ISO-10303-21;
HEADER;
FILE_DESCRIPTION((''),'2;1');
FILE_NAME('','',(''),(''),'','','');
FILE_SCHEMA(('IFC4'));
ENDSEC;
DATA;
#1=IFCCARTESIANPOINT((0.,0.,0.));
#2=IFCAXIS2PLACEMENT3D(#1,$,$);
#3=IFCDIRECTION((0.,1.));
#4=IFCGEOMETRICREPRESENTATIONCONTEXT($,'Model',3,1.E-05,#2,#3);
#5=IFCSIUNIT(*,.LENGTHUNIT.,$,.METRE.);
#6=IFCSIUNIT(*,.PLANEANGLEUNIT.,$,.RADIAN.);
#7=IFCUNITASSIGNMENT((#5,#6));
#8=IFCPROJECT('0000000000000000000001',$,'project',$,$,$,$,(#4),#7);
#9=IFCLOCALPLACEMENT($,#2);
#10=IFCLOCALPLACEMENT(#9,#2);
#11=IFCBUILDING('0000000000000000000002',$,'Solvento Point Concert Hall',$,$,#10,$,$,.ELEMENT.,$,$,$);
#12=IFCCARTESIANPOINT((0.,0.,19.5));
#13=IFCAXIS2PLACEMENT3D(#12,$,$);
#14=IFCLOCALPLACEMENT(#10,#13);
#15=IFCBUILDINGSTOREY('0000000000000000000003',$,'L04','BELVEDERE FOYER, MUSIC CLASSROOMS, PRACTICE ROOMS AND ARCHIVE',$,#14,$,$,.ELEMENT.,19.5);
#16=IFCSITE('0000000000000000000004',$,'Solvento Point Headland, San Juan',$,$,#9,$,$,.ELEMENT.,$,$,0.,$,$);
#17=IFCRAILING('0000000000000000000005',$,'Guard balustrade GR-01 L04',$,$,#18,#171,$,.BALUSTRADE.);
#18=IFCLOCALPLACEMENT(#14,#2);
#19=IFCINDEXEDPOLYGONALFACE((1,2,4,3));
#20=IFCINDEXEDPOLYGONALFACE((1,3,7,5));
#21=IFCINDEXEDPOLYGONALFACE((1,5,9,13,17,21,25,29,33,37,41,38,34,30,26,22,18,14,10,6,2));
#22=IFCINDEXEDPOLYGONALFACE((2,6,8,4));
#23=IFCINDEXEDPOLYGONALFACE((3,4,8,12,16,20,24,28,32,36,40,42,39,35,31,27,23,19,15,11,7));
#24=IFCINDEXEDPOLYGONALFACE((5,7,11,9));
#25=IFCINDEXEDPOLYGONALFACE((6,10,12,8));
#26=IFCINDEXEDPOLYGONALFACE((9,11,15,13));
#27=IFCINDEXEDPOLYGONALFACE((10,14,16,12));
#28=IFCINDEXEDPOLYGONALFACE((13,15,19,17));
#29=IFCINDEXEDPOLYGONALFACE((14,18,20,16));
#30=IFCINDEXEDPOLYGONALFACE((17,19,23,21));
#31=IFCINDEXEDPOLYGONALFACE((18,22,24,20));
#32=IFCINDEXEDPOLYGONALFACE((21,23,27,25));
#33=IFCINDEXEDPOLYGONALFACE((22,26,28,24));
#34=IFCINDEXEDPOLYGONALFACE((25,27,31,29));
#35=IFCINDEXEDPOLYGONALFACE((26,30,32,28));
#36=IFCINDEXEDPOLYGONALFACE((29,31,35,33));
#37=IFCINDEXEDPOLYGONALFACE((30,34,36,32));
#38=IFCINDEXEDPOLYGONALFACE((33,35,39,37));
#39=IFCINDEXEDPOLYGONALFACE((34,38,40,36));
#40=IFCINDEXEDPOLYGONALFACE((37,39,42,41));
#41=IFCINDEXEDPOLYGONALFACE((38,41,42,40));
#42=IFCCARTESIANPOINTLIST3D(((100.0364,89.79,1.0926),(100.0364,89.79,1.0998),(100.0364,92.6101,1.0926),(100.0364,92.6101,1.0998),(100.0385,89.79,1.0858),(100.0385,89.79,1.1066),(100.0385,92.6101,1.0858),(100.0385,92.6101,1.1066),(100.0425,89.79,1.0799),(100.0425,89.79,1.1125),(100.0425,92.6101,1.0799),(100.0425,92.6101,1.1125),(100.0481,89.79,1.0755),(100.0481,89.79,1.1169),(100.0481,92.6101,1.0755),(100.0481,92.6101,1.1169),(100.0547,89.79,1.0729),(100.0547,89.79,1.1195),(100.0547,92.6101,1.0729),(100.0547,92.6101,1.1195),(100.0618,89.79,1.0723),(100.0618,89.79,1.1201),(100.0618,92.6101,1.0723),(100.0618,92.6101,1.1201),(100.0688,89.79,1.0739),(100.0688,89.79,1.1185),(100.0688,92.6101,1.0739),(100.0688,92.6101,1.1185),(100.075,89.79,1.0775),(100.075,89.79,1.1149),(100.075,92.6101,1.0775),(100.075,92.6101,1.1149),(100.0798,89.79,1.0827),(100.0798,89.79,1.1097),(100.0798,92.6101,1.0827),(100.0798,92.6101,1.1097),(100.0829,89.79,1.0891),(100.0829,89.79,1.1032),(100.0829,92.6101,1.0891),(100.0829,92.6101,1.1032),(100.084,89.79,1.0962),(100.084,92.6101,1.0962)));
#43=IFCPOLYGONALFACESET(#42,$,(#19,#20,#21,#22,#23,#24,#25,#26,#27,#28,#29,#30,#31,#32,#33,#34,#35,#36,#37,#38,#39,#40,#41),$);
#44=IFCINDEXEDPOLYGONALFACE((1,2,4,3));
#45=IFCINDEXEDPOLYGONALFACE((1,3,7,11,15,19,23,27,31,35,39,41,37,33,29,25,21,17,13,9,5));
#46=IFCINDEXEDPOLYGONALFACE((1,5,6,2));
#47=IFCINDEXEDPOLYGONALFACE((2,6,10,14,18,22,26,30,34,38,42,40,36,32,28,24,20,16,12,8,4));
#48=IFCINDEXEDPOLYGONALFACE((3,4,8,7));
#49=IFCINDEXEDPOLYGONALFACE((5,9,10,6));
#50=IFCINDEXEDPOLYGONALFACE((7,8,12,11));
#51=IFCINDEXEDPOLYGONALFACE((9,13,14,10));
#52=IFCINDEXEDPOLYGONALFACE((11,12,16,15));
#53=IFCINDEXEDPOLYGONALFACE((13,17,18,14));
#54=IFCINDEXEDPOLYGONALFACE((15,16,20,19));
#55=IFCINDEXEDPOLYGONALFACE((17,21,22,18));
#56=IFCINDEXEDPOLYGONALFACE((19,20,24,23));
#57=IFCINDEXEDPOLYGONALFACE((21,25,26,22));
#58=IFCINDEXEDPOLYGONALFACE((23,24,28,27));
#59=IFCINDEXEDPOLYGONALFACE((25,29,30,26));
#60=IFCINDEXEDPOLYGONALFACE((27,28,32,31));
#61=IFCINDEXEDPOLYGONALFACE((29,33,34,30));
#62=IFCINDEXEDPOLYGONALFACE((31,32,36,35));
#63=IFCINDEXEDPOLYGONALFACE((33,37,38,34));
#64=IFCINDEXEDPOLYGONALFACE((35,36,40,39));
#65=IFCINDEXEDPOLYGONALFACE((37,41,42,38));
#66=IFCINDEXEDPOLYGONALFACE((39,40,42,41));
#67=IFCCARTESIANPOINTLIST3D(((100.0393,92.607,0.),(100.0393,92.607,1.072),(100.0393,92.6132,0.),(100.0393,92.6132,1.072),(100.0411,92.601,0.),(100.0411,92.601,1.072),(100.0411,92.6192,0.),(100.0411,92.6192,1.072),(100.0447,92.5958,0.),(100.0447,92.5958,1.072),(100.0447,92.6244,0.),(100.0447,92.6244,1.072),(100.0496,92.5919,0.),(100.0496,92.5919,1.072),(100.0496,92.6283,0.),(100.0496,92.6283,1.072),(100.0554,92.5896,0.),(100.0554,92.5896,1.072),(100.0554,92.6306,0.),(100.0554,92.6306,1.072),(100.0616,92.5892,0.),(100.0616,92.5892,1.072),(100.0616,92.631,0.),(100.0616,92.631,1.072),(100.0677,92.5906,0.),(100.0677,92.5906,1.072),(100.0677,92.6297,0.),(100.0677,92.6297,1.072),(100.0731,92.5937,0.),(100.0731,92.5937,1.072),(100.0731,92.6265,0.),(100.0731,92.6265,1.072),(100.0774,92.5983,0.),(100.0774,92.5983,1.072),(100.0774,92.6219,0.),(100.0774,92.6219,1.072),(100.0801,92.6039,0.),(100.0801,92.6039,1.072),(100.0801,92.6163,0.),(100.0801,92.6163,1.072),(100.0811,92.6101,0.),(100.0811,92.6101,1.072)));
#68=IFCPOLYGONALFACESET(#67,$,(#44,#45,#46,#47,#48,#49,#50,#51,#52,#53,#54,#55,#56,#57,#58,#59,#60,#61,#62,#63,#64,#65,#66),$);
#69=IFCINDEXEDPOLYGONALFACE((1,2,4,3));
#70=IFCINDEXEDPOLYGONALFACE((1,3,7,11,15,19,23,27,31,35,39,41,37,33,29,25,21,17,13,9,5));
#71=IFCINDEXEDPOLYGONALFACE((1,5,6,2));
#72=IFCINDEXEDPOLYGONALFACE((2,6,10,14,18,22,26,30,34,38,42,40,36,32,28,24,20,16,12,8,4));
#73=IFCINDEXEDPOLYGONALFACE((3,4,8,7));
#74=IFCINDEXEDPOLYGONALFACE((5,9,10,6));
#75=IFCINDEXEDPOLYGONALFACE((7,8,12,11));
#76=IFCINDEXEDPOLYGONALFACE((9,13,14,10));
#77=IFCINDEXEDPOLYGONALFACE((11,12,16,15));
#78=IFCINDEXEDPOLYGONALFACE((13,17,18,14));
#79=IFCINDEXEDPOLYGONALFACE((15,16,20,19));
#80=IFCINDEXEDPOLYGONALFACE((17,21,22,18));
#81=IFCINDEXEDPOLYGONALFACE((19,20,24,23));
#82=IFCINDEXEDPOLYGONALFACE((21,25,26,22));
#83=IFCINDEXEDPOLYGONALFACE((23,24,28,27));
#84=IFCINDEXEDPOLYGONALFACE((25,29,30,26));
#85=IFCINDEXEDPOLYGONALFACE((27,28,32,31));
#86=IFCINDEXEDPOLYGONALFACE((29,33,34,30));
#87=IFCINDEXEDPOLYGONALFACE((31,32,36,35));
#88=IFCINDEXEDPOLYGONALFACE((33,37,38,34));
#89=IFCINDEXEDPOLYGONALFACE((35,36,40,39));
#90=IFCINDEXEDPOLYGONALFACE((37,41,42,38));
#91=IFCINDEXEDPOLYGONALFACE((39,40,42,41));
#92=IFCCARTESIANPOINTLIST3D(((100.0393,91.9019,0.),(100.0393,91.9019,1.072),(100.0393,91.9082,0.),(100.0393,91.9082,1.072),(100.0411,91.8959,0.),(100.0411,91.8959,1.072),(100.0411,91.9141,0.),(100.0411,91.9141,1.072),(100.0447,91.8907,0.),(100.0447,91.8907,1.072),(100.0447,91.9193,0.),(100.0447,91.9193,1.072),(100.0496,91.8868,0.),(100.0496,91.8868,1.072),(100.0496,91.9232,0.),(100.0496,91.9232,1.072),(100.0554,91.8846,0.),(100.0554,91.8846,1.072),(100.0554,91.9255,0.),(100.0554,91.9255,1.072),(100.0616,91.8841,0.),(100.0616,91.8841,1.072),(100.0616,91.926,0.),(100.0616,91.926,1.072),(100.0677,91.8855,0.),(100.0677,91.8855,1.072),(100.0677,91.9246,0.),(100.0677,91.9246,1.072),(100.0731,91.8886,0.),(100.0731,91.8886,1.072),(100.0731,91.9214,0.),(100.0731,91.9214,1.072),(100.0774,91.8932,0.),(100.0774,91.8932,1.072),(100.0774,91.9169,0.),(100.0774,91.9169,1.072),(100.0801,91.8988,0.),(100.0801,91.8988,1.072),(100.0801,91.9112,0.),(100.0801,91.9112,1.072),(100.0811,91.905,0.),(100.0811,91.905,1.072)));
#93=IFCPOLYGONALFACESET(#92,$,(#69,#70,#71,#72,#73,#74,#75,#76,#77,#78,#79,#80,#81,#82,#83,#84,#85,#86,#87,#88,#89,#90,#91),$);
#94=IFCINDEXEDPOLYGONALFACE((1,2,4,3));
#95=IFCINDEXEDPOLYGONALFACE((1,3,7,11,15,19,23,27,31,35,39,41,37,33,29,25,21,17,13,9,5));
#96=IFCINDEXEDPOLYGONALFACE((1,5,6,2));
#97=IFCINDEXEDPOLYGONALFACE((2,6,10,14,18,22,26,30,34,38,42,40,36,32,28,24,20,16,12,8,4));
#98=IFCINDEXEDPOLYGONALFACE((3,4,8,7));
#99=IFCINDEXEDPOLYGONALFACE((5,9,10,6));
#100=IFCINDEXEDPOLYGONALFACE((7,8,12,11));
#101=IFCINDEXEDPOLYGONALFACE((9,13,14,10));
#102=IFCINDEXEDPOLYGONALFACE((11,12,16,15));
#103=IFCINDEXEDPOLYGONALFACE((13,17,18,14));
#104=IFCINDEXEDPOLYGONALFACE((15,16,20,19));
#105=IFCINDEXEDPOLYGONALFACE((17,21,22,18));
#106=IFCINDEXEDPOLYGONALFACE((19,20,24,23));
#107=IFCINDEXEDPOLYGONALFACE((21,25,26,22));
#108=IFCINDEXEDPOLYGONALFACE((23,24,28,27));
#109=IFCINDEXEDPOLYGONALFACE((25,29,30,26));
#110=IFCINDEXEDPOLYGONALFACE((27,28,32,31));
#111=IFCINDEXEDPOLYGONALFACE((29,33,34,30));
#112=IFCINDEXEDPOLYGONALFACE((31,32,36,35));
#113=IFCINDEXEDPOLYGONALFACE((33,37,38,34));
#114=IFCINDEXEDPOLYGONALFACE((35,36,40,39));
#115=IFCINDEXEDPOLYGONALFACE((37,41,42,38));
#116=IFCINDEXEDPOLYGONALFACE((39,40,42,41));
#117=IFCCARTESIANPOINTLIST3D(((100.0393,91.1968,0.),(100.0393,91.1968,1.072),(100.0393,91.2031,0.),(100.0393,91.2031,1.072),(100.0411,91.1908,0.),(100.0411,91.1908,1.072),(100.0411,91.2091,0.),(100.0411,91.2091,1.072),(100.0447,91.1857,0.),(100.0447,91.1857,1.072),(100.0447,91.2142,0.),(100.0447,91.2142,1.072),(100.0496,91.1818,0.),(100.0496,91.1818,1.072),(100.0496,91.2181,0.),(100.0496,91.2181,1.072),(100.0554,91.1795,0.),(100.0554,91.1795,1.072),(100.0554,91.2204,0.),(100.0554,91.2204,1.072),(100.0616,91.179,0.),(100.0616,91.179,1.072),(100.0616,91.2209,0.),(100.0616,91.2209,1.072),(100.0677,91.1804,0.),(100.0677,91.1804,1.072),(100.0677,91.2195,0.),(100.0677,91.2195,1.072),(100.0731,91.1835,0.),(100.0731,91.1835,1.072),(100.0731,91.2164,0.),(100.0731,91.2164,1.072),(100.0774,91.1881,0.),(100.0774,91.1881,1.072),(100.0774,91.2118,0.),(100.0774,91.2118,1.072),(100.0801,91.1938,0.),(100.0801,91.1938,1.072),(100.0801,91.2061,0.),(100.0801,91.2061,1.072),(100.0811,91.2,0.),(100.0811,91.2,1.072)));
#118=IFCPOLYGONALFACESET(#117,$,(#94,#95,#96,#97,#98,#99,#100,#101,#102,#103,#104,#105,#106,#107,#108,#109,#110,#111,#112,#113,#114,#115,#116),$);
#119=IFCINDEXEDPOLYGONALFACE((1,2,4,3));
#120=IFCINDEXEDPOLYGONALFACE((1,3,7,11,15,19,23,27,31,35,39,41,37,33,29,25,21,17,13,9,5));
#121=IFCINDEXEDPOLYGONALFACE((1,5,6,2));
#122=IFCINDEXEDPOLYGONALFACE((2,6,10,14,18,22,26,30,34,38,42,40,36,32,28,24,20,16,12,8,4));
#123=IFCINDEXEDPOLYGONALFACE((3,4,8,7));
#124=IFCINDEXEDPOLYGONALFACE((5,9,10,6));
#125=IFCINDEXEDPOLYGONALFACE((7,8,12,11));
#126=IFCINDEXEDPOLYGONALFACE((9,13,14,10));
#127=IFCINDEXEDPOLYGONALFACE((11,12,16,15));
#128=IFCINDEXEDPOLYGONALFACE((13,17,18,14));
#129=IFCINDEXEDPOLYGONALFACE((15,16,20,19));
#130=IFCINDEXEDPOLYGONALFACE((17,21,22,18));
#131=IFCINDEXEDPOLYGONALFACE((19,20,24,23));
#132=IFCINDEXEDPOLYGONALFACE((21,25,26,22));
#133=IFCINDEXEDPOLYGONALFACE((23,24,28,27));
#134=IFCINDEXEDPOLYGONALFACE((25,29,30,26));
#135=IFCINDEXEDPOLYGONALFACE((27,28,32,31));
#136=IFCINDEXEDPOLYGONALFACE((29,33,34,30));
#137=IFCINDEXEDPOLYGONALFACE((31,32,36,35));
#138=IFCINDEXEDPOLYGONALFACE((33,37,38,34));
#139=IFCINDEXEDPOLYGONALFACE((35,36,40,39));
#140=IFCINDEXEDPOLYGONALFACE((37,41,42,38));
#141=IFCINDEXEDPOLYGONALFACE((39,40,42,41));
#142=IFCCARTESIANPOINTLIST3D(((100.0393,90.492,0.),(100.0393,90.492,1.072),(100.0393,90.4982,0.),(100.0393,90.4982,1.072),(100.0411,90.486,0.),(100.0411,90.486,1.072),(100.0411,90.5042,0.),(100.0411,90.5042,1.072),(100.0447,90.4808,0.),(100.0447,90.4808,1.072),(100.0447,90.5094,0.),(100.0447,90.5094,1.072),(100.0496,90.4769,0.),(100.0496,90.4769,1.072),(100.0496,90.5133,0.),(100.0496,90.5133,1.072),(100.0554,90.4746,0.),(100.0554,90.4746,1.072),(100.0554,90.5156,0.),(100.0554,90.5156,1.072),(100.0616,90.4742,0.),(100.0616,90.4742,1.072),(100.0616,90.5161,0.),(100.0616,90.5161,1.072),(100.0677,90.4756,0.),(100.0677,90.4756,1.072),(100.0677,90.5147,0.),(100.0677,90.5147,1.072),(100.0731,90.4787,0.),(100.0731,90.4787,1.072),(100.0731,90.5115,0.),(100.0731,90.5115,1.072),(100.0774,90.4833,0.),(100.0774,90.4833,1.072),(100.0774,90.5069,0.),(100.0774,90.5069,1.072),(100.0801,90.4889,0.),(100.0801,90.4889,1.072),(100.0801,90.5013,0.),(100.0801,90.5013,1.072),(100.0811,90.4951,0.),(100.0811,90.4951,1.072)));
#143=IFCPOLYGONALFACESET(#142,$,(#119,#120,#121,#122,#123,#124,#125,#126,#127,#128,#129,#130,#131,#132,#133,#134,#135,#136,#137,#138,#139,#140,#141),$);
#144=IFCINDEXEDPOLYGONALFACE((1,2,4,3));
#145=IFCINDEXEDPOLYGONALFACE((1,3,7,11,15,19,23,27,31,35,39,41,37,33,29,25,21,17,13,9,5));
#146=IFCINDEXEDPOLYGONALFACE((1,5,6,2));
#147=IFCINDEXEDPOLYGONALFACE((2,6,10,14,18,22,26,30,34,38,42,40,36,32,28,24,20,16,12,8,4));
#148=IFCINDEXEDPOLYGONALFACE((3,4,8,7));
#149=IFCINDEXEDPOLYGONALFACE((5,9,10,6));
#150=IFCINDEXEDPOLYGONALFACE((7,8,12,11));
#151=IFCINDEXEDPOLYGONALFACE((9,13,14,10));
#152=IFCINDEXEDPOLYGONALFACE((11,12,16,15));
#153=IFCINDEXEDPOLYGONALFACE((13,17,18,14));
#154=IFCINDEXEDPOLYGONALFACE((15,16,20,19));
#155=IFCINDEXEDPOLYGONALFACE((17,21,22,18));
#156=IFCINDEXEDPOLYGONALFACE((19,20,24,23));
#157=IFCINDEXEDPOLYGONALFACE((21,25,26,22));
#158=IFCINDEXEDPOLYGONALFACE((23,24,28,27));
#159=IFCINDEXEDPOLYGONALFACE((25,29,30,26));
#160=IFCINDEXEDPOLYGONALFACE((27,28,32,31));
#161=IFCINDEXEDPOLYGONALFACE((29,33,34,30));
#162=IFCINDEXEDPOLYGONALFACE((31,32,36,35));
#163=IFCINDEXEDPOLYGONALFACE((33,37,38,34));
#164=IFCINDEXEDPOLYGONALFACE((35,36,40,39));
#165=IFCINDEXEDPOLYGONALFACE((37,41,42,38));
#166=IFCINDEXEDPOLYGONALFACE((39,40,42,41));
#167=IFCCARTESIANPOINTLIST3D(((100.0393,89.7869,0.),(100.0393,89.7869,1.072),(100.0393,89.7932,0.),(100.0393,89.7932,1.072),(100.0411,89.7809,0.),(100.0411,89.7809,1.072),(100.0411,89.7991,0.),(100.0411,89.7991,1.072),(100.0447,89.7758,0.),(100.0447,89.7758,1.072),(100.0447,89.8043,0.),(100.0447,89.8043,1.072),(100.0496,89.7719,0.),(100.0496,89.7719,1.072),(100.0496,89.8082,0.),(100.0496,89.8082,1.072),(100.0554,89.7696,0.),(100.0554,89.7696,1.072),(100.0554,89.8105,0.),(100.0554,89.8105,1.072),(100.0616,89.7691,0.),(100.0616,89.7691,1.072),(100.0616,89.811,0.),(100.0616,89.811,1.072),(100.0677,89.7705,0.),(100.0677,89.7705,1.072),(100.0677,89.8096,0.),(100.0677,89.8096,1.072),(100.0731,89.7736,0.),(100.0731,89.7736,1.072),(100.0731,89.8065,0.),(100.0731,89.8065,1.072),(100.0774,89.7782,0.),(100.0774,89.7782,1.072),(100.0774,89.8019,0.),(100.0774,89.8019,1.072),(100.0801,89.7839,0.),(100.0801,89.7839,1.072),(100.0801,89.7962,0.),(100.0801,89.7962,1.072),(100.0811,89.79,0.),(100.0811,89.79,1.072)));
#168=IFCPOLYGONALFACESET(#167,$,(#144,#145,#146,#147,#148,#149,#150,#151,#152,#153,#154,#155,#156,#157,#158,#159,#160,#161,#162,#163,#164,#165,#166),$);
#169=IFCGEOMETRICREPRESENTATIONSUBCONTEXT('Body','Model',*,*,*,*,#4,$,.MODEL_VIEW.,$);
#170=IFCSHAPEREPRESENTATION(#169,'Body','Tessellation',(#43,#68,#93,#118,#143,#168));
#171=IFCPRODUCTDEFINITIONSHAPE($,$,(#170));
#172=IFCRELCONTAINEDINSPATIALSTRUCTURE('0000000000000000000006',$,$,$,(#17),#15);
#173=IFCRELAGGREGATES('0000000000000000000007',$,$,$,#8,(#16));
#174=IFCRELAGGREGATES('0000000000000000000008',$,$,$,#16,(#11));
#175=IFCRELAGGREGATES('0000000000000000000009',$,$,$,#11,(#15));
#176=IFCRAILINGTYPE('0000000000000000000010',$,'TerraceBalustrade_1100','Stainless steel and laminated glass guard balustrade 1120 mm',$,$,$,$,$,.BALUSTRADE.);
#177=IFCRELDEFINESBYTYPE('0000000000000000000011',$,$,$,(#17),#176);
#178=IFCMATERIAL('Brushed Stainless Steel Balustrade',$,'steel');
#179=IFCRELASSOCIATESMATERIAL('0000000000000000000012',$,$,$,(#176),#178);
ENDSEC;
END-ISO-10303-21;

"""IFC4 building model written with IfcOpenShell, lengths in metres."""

from ifc_helpers import new_model, si_unit, direction, frame, origin, origin_2d, place, context, subcontext, project, spatial, circle, extrude, material, type_object, element, save


model = new_model("IFC4")

# Units and contexts
model_context = context("Model", 3, precision=1e-05, world=origin(), true_north=direction((0.0, 1.0)))
body_context = subcontext(model_context, "Body", "Model", "MODEL_VIEW")
ifc_project = project(units=[si_unit("LENGTHUNIT", "METRE"), si_unit("PLANEANGLEUNIT", "RADIAN")], contexts=[model_context])

# Site, building, storey
site_placement = place(None, origin())
site = spatial("IfcSite", under=ifc_project, at=site_placement, Name="Solvento Point Headland, San Juan", CompositionType="ELEMENT", RefElevation=0.0)
building_placement = place(site_placement, origin())
building = spatial("IfcBuilding", under=site, at=building_placement, Name="Solvento Point Concert Hall", CompositionType="ELEMENT")
storey_placement = place(building_placement, frame((0.0, 0.0, 19.5)))
storey = spatial("IfcBuildingStorey", under=building, at=storey_placement, Name="L04", Description="BELVEDERE FOYER, MUSIC CLASSROOMS, PRACTICE ROOMS AND ARCHIVE", CompositionType="ELEMENT", Elevation=19.5)

# Railing
ifc_material_1 = material(Name="Brushed Stainless Steel Balustrade", Category="steel")
railing_type_1 = type_object("IfcRailingType", Name="TerraceBalustrade_1100", Description="Stainless steel and laminated glass guard balustrade 1120 mm", PredefinedType="BALUSTRADE", material=ifc_material_1)
railing_1_placement = place(storey_placement, frame((100.0601, 92.6101, 0.0)))
element("IfcRailing", 1, at=railing_1_placement, inside=storey, type_object=railing_type_1, Name="Guard balustrade GR-01 L04", PredefinedType="BALUSTRADE", context=body_context, shape_type="SweptSolid", body=[
    extrude(circle(Radius=0.0239, at=origin_2d()), frame((0.0, 0.0, 1.0962), z_axis=(0.0, -1.0, 0.0), x_axis=(1.0, 0.0, 0.0)), (0.0, 0.0, 1.0), 2.8201),
    extrude(circle(Radius=0.021, at=origin_2d()), origin(), (0.0, 0.0, 1.0), 1.072),
    extrude(circle(Radius=0.021, at=origin_2d()), frame((0.0, -0.7051, 0.0)), (0.0, 0.0, 1.0), 1.072),
    extrude(circle(Radius=0.021, at=origin_2d()), frame((0.0, -1.4102, 0.0)), (0.0, 0.0, 1.0), 1.072),
    extrude(circle(Radius=0.021, at=origin_2d()), frame((0.0, -2.115, 0.0)), (0.0, 0.0, 1.0), 1.072),
    extrude(circle(Radius=0.021, at=origin_2d()), frame((0.0, -2.8201, 0.0)), (0.0, 0.0, 1.0), 1.072),
])

save(model, "model.ifc")
